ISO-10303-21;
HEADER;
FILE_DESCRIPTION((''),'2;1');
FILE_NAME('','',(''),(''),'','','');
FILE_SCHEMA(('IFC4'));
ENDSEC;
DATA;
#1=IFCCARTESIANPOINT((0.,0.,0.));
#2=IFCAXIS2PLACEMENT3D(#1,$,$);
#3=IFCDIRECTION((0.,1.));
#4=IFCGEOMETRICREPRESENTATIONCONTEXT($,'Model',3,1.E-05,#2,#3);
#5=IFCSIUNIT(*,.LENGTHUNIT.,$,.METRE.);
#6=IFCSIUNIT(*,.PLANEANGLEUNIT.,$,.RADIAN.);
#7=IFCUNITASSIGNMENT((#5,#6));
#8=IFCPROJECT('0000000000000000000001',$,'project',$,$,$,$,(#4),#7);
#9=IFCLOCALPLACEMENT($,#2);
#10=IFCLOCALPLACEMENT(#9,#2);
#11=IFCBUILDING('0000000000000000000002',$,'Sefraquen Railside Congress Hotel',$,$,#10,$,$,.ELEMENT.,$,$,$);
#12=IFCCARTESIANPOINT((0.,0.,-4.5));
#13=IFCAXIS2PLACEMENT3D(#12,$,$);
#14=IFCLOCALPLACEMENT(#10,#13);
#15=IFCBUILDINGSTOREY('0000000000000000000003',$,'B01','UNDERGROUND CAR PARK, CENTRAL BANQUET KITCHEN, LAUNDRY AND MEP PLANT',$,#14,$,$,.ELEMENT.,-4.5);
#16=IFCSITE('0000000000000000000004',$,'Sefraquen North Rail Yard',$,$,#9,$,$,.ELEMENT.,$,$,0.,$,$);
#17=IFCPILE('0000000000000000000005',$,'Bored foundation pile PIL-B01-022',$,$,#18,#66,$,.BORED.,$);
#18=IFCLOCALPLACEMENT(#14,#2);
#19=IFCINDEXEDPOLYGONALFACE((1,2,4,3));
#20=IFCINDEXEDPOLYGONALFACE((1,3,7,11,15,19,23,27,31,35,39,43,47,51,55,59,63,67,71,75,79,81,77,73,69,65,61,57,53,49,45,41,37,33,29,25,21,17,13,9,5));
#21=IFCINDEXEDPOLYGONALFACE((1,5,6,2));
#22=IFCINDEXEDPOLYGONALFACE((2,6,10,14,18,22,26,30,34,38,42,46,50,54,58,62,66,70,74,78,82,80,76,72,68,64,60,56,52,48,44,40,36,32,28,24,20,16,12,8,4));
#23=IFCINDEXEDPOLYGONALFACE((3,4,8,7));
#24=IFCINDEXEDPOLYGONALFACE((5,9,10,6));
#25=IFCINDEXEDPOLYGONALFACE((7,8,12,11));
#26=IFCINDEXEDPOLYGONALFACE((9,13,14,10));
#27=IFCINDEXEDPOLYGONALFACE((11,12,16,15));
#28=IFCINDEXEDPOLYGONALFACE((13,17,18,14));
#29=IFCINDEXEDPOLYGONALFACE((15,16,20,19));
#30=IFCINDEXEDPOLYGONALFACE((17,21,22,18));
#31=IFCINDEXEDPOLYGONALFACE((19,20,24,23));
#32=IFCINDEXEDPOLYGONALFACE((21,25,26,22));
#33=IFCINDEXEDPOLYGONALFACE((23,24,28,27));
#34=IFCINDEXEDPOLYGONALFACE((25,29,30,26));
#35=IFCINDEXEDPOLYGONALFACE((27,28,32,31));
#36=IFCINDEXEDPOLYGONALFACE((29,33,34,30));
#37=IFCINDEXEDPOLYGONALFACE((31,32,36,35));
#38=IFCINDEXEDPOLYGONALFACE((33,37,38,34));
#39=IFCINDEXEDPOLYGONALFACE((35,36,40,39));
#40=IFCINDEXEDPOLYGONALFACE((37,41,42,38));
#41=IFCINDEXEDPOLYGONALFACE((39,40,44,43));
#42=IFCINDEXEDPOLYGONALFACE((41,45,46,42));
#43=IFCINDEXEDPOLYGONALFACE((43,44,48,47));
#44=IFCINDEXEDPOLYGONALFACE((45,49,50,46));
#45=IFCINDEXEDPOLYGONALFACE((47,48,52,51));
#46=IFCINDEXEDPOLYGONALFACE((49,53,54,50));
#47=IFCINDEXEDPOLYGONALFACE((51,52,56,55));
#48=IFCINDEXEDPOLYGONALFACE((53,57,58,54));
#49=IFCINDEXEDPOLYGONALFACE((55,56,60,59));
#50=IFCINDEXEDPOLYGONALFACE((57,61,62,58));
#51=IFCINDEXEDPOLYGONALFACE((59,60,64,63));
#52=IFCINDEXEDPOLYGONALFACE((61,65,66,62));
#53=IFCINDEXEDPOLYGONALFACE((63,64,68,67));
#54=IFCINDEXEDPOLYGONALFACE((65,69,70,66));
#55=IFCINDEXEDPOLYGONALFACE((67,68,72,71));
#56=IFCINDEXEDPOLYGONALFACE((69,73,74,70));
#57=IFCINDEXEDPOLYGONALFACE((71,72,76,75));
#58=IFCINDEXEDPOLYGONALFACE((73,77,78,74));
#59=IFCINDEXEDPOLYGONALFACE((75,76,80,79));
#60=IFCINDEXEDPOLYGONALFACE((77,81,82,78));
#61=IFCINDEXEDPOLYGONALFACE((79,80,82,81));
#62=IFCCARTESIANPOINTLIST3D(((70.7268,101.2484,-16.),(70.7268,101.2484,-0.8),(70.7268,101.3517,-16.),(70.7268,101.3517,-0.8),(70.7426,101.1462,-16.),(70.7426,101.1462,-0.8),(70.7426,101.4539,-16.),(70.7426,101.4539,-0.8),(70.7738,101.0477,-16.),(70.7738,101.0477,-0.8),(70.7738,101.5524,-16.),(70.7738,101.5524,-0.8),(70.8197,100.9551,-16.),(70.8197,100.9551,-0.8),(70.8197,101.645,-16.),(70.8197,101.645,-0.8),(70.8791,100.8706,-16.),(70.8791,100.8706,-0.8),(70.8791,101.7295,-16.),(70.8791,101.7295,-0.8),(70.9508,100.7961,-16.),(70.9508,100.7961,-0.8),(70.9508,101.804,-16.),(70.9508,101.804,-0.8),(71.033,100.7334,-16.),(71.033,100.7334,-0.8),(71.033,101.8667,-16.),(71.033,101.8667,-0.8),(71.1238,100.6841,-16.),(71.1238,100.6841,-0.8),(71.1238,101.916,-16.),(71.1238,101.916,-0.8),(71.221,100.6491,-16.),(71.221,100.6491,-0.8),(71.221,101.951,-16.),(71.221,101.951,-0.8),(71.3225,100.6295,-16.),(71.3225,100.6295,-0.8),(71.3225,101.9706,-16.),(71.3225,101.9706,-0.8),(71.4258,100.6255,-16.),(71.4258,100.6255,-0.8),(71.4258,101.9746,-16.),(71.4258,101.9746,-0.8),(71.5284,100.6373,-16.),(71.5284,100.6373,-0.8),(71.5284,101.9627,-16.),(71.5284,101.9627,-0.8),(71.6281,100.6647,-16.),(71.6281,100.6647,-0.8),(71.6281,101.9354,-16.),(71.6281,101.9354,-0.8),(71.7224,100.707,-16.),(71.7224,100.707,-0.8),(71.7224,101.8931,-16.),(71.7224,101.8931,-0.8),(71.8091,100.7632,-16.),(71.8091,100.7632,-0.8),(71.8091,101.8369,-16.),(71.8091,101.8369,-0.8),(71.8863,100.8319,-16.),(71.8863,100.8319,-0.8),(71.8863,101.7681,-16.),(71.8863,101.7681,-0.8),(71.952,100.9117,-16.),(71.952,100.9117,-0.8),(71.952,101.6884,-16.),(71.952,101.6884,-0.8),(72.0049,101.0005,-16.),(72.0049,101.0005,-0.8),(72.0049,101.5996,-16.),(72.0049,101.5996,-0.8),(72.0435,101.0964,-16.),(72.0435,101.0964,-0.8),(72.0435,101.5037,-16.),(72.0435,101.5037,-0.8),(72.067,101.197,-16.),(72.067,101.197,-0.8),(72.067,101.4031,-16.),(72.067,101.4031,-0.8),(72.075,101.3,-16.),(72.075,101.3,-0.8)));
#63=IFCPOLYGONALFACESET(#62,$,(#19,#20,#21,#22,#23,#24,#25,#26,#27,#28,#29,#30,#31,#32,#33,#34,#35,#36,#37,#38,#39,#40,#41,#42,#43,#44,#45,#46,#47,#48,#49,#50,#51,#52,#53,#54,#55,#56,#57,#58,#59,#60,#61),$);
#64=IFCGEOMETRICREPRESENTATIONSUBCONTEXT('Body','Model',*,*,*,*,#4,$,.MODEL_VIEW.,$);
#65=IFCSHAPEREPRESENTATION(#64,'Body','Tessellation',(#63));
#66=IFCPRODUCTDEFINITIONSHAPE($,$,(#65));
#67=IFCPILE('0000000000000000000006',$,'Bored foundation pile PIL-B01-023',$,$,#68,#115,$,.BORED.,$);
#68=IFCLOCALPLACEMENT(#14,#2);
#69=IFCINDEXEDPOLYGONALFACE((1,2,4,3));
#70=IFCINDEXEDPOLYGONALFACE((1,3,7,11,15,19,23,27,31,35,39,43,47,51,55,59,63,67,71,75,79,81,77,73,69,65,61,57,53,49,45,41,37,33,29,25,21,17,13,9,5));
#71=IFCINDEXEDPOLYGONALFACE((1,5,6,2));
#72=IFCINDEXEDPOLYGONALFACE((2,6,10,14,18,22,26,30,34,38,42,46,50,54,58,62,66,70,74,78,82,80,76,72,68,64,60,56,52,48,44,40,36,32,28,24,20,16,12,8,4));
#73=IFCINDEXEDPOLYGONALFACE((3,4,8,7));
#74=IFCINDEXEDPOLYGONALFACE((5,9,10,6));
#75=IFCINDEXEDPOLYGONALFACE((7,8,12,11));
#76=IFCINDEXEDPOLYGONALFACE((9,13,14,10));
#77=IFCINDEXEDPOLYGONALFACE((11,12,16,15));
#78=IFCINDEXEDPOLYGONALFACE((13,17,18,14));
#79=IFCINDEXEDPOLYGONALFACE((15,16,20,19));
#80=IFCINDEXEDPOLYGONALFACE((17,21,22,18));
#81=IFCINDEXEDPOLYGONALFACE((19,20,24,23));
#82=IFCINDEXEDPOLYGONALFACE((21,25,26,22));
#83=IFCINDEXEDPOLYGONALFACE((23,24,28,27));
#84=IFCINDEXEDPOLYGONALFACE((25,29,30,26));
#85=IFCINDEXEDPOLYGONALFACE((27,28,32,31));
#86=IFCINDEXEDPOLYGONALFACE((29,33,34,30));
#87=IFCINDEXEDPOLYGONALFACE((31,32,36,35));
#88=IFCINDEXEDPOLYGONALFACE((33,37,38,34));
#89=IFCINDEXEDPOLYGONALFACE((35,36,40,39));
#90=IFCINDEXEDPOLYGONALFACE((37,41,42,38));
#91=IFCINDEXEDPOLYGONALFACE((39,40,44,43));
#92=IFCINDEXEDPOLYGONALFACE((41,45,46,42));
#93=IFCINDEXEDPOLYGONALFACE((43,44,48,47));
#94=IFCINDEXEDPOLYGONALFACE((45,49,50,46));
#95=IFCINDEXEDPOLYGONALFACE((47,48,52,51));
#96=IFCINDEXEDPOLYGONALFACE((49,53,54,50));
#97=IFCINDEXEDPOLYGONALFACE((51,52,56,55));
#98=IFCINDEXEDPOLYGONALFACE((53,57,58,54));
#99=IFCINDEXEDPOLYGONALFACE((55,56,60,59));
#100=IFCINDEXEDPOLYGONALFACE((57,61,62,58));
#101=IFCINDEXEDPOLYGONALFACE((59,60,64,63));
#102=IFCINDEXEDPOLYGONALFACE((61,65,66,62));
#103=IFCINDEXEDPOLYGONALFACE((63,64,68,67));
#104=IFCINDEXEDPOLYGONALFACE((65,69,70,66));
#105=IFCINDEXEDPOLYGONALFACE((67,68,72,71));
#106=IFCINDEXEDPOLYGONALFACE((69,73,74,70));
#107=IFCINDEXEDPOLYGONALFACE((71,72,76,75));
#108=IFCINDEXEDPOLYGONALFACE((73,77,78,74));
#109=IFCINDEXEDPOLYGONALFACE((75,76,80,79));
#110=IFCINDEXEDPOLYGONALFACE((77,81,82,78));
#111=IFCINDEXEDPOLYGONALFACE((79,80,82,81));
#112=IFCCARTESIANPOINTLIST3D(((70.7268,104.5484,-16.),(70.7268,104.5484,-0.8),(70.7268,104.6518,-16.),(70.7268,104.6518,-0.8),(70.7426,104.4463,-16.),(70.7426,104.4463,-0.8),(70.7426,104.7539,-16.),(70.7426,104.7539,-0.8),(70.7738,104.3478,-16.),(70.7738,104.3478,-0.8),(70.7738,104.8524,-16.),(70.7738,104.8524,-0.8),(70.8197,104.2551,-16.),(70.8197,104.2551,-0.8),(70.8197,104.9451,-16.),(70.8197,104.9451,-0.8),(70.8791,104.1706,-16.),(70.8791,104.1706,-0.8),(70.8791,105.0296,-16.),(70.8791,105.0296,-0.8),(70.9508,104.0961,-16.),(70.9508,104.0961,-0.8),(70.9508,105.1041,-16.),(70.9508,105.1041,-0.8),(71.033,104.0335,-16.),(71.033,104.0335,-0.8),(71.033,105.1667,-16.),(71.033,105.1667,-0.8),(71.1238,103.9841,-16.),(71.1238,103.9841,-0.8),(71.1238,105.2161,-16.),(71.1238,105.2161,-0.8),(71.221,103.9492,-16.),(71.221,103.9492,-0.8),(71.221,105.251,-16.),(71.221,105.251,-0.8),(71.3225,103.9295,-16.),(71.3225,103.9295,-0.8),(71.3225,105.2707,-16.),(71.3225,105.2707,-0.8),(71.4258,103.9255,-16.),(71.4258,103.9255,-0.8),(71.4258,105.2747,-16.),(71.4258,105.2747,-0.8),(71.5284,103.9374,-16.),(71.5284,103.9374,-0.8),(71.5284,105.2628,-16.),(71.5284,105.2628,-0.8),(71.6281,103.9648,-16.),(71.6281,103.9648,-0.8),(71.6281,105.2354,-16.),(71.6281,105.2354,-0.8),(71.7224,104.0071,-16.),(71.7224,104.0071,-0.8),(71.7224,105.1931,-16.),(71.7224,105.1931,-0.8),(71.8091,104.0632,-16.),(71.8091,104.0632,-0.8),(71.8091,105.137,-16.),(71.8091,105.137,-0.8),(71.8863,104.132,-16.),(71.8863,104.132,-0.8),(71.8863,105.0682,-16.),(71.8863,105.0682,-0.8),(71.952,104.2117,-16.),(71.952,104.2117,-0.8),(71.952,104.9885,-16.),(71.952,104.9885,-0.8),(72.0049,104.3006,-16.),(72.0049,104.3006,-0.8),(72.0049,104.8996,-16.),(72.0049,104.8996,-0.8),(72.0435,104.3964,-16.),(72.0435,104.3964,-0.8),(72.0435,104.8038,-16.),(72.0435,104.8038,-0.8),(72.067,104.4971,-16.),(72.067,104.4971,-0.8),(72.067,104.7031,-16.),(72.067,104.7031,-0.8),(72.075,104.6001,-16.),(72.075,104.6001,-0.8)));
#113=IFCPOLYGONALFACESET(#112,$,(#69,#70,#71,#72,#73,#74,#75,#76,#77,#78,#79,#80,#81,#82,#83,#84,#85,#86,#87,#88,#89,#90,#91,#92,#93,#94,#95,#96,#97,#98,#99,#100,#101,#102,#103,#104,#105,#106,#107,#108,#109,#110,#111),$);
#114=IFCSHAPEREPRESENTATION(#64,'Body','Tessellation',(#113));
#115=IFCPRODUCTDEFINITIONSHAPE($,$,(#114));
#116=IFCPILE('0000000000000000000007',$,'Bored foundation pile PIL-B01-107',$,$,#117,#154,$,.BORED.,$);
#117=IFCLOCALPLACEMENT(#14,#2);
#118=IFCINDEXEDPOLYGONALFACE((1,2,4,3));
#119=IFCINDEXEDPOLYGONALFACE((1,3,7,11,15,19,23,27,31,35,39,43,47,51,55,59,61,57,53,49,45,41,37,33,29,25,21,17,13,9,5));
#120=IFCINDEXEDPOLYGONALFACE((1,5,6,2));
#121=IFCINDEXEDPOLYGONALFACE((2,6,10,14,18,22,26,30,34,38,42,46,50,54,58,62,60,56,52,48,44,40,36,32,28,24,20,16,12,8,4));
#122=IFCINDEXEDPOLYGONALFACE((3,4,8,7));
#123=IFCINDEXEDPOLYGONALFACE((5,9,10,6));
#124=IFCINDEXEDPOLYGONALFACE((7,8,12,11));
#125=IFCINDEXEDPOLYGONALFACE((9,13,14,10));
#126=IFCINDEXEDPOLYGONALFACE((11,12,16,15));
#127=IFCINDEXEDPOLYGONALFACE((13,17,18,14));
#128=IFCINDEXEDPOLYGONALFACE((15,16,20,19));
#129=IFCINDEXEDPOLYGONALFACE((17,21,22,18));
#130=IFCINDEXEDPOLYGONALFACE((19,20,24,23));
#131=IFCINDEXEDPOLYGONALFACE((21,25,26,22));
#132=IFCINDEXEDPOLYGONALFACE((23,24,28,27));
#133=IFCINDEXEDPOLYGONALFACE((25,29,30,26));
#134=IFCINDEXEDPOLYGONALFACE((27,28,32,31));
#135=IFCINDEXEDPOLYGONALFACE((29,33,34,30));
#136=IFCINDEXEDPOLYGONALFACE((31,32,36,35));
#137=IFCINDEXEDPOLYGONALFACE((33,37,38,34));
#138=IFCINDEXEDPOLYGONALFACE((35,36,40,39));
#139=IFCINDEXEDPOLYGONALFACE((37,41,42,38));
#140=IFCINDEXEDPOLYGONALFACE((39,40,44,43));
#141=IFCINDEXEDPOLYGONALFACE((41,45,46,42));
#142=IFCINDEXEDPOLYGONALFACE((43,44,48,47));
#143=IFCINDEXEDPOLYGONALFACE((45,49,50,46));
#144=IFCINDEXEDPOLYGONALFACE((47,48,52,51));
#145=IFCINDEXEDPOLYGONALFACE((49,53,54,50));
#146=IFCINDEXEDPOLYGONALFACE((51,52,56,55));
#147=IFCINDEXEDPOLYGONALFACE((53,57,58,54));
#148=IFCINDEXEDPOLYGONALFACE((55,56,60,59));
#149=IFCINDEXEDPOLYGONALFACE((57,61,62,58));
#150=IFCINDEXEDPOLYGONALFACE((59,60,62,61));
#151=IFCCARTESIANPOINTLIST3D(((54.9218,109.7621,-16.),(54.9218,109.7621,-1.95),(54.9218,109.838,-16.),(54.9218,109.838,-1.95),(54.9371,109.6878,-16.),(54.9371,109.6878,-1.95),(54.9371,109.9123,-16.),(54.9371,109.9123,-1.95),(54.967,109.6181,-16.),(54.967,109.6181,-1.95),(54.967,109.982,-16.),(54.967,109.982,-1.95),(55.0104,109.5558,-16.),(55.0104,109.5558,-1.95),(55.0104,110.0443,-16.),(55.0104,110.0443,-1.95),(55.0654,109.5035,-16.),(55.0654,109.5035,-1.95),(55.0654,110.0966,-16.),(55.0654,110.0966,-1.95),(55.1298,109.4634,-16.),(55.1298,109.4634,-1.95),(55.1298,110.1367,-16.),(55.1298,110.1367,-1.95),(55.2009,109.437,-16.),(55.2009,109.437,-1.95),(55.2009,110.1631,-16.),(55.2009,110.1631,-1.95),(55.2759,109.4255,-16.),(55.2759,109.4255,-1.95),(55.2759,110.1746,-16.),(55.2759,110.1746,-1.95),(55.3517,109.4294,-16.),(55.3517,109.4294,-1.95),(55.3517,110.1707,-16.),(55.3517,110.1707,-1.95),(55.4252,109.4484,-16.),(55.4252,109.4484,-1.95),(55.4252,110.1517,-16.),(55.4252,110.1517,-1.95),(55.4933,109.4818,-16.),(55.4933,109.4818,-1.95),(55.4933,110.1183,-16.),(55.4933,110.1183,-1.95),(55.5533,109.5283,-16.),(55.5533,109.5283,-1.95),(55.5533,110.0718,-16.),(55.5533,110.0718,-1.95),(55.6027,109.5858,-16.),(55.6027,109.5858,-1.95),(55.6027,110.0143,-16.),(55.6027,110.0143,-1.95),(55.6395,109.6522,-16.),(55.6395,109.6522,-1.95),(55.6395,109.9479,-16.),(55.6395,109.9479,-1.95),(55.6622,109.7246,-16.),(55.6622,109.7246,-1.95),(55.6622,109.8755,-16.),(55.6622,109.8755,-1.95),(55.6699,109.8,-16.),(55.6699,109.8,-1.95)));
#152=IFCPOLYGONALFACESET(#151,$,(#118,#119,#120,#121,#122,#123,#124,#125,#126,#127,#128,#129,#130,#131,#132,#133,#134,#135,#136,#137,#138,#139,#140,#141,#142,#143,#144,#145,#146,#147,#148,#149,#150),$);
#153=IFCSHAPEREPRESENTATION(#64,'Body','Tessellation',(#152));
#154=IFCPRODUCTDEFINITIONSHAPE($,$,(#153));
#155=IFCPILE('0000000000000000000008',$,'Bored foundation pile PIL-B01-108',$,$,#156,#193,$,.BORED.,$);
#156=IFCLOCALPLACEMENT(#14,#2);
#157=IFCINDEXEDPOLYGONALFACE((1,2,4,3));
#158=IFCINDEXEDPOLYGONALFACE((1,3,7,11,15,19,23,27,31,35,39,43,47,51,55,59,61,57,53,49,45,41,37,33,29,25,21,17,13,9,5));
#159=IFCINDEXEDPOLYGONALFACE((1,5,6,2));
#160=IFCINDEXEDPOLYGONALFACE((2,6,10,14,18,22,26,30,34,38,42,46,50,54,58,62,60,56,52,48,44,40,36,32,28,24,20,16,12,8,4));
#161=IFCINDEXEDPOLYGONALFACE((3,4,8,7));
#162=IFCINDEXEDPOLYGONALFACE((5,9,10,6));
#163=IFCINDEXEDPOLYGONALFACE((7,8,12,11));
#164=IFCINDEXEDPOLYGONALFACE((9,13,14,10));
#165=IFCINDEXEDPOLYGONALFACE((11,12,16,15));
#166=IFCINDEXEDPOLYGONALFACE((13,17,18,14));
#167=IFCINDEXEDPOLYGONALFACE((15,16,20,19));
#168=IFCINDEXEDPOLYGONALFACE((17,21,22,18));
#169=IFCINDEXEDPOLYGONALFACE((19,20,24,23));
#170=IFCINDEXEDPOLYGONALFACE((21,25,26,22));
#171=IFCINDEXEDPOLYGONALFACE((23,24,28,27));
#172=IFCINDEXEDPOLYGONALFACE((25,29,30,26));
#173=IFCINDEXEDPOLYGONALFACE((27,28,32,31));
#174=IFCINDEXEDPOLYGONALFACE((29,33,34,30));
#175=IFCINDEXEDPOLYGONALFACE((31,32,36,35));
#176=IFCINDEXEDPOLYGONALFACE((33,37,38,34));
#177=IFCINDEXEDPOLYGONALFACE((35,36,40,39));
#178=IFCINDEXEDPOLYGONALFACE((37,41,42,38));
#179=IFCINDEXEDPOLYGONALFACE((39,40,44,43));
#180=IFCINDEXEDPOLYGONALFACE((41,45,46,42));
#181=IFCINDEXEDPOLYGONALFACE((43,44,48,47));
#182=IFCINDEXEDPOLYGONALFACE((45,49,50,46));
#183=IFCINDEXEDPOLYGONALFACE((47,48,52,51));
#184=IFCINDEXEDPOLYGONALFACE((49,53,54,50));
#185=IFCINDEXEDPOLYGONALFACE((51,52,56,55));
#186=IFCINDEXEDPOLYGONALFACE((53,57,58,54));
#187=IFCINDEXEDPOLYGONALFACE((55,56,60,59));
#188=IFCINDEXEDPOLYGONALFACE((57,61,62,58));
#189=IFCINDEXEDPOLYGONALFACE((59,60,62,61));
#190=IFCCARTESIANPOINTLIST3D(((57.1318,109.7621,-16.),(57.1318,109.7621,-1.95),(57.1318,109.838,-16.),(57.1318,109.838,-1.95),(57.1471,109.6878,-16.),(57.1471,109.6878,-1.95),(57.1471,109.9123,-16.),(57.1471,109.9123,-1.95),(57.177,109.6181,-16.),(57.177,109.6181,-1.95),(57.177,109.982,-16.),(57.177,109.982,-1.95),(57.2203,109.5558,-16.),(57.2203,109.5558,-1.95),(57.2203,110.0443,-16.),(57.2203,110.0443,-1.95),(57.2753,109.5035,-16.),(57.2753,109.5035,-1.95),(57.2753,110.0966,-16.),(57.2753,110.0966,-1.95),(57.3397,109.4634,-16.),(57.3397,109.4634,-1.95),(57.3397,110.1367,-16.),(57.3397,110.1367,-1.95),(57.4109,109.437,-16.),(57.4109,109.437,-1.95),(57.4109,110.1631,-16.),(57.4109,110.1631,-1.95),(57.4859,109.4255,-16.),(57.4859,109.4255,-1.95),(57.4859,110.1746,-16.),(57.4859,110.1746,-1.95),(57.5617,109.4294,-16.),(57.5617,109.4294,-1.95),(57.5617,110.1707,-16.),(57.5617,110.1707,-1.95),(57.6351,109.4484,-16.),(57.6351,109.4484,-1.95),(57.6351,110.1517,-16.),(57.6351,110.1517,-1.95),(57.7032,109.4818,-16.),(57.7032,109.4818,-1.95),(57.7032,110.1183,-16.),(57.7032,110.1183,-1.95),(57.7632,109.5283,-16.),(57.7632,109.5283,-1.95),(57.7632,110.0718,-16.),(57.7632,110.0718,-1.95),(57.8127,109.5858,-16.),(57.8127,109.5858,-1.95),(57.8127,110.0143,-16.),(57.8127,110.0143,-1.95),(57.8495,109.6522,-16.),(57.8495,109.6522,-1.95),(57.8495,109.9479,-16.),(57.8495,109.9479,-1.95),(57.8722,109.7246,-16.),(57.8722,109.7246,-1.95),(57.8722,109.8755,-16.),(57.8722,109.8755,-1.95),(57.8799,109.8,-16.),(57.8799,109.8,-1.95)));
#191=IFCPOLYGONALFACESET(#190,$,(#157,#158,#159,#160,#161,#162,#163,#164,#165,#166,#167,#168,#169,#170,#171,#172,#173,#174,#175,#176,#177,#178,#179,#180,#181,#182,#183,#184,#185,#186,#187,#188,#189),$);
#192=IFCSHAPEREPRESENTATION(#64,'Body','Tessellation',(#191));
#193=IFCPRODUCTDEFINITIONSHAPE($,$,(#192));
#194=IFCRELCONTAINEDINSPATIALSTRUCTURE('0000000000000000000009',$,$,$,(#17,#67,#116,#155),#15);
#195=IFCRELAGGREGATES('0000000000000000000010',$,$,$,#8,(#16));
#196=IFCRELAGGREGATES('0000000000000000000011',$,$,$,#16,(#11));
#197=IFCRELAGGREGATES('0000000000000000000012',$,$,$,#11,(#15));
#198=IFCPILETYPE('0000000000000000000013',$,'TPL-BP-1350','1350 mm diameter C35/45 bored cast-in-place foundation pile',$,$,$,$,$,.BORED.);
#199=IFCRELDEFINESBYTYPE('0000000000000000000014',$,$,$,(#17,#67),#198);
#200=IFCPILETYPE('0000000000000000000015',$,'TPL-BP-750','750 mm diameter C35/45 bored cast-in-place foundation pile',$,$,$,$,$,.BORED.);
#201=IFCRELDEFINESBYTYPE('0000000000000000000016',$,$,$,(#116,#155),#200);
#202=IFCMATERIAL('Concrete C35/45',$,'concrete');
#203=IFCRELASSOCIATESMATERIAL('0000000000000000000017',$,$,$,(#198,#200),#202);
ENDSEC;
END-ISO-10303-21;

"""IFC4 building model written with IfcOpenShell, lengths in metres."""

from ifc_helpers import new_model, si_unit, direction, frame, origin, origin_2d, place, context, subcontext, project, spatial, circle, extrude, material, material_profile, profile_set, type_object, element, save


model = new_model("IFC4")

# Units and contexts
model_context = context("Model", 3, precision=1e-05, world=origin(), true_north=direction((0.0, 1.0)))
body_context = subcontext(model_context, "Body", "Model", "MODEL_VIEW")
ifc_project = project(units=[si_unit("LENGTHUNIT", "METRE"), si_unit("PLANEANGLEUNIT", "RADIAN")], contexts=[model_context])

# Site, building, storey
site_placement = place(None, origin())
site = spatial("IfcSite", under=ifc_project, at=site_placement, Name="Sefraquen North Rail Yard", CompositionType="ELEMENT", RefElevation=0.0)
building_placement = place(site_placement, origin())
building = spatial("IfcBuilding", under=site, at=building_placement, Name="Sefraquen Railside Congress Hotel", CompositionType="ELEMENT")
storey_placement = place(building_placement, frame((0.0, 0.0, -4.5)))
storey = spatial("IfcBuildingStorey", under=building, at=storey_placement, Name="B01", Description="UNDERGROUND CAR PARK, CENTRAL BANQUET KITCHEN, LAUNDRY AND MEP PLANT", CompositionType="ELEMENT", Elevation=-4.5)

# Piles
ifc_material_1 = material(Name="Concrete C35/45", Category="concrete")
ifc_material_profile_1 = material_profile(ifc_material_1, circle(Radius=0.675, at=origin_2d()), Name="BORED PILE 1350")
ifc_profile_set_1 = profile_set([ifc_material_profile_1], Name="Concrete C35/45")
pile_type_1 = type_object("IfcPileType", Name="TPL-BP-1350", Description="1350 mm diameter C35/45 bored cast-in-place foundation pile", PredefinedType="BORED", material=ifc_profile_set_1)
for number, where, z_axis, x_axis, name in (
    (1, (71.3999, 101.3, -0.8), (0.0, 0.0, -1.0), (1.0, 0.0, 0.0), "Bored foundation pile PIL-B01-022"),
    (2, (71.3999, 104.6001, -0.8), (0.0, 0.0, -1.0), (1.0, 0.0, 0.0), "Bored foundation pile PIL-B01-023"),
):
    element("IfcPile", number, at=place(storey_placement, frame(where, z_axis=z_axis, x_axis=x_axis)), inside=storey, type_object=pile_type_1, Name=name, PredefinedType="BORED", context=body_context, shape_type="SweptSolid", body=[
        extrude(circle(Radius=0.675, at=origin_2d()), origin(), (0.0, 0.0, 1.0), 15.2),
    ])
ifc_material_profile_2 = material_profile(ifc_material_1, circle(Radius=0.375, at=origin_2d()), Name="BORED PILE 750")
ifc_profile_set_2 = profile_set([ifc_material_profile_2], Name="Concrete C35/45")
pile_type_2 = type_object("IfcPileType", Name="TPL-BP-750", Description="750 mm diameter C35/45 bored cast-in-place foundation pile", PredefinedType="BORED", material=ifc_profile_set_2)
for number, where, z_axis, x_axis, name in (
    (3, (55.2949, 109.8, -1.95), (0.0, 0.0, -1.0), (1.0, 0.0, 0.0), "Bored foundation pile PIL-B01-107"),
    (4, (57.5049, 109.8, -1.95), (0.0, 0.0, -1.0), (1.0, 0.0, 0.0), "Bored foundation pile PIL-B01-108"),
):
    element("IfcPile", number, at=place(storey_placement, frame(where, z_axis=z_axis, x_axis=x_axis)), inside=storey, type_object=pile_type_2, Name=name, PredefinedType="BORED", context=body_context, shape_type="SweptSolid", body=[
        extrude(circle(Radius=0.375, at=origin_2d()), origin(), (0.0, 0.0, 1.0), 14.05),
    ])

save(model, "model.ifc")
